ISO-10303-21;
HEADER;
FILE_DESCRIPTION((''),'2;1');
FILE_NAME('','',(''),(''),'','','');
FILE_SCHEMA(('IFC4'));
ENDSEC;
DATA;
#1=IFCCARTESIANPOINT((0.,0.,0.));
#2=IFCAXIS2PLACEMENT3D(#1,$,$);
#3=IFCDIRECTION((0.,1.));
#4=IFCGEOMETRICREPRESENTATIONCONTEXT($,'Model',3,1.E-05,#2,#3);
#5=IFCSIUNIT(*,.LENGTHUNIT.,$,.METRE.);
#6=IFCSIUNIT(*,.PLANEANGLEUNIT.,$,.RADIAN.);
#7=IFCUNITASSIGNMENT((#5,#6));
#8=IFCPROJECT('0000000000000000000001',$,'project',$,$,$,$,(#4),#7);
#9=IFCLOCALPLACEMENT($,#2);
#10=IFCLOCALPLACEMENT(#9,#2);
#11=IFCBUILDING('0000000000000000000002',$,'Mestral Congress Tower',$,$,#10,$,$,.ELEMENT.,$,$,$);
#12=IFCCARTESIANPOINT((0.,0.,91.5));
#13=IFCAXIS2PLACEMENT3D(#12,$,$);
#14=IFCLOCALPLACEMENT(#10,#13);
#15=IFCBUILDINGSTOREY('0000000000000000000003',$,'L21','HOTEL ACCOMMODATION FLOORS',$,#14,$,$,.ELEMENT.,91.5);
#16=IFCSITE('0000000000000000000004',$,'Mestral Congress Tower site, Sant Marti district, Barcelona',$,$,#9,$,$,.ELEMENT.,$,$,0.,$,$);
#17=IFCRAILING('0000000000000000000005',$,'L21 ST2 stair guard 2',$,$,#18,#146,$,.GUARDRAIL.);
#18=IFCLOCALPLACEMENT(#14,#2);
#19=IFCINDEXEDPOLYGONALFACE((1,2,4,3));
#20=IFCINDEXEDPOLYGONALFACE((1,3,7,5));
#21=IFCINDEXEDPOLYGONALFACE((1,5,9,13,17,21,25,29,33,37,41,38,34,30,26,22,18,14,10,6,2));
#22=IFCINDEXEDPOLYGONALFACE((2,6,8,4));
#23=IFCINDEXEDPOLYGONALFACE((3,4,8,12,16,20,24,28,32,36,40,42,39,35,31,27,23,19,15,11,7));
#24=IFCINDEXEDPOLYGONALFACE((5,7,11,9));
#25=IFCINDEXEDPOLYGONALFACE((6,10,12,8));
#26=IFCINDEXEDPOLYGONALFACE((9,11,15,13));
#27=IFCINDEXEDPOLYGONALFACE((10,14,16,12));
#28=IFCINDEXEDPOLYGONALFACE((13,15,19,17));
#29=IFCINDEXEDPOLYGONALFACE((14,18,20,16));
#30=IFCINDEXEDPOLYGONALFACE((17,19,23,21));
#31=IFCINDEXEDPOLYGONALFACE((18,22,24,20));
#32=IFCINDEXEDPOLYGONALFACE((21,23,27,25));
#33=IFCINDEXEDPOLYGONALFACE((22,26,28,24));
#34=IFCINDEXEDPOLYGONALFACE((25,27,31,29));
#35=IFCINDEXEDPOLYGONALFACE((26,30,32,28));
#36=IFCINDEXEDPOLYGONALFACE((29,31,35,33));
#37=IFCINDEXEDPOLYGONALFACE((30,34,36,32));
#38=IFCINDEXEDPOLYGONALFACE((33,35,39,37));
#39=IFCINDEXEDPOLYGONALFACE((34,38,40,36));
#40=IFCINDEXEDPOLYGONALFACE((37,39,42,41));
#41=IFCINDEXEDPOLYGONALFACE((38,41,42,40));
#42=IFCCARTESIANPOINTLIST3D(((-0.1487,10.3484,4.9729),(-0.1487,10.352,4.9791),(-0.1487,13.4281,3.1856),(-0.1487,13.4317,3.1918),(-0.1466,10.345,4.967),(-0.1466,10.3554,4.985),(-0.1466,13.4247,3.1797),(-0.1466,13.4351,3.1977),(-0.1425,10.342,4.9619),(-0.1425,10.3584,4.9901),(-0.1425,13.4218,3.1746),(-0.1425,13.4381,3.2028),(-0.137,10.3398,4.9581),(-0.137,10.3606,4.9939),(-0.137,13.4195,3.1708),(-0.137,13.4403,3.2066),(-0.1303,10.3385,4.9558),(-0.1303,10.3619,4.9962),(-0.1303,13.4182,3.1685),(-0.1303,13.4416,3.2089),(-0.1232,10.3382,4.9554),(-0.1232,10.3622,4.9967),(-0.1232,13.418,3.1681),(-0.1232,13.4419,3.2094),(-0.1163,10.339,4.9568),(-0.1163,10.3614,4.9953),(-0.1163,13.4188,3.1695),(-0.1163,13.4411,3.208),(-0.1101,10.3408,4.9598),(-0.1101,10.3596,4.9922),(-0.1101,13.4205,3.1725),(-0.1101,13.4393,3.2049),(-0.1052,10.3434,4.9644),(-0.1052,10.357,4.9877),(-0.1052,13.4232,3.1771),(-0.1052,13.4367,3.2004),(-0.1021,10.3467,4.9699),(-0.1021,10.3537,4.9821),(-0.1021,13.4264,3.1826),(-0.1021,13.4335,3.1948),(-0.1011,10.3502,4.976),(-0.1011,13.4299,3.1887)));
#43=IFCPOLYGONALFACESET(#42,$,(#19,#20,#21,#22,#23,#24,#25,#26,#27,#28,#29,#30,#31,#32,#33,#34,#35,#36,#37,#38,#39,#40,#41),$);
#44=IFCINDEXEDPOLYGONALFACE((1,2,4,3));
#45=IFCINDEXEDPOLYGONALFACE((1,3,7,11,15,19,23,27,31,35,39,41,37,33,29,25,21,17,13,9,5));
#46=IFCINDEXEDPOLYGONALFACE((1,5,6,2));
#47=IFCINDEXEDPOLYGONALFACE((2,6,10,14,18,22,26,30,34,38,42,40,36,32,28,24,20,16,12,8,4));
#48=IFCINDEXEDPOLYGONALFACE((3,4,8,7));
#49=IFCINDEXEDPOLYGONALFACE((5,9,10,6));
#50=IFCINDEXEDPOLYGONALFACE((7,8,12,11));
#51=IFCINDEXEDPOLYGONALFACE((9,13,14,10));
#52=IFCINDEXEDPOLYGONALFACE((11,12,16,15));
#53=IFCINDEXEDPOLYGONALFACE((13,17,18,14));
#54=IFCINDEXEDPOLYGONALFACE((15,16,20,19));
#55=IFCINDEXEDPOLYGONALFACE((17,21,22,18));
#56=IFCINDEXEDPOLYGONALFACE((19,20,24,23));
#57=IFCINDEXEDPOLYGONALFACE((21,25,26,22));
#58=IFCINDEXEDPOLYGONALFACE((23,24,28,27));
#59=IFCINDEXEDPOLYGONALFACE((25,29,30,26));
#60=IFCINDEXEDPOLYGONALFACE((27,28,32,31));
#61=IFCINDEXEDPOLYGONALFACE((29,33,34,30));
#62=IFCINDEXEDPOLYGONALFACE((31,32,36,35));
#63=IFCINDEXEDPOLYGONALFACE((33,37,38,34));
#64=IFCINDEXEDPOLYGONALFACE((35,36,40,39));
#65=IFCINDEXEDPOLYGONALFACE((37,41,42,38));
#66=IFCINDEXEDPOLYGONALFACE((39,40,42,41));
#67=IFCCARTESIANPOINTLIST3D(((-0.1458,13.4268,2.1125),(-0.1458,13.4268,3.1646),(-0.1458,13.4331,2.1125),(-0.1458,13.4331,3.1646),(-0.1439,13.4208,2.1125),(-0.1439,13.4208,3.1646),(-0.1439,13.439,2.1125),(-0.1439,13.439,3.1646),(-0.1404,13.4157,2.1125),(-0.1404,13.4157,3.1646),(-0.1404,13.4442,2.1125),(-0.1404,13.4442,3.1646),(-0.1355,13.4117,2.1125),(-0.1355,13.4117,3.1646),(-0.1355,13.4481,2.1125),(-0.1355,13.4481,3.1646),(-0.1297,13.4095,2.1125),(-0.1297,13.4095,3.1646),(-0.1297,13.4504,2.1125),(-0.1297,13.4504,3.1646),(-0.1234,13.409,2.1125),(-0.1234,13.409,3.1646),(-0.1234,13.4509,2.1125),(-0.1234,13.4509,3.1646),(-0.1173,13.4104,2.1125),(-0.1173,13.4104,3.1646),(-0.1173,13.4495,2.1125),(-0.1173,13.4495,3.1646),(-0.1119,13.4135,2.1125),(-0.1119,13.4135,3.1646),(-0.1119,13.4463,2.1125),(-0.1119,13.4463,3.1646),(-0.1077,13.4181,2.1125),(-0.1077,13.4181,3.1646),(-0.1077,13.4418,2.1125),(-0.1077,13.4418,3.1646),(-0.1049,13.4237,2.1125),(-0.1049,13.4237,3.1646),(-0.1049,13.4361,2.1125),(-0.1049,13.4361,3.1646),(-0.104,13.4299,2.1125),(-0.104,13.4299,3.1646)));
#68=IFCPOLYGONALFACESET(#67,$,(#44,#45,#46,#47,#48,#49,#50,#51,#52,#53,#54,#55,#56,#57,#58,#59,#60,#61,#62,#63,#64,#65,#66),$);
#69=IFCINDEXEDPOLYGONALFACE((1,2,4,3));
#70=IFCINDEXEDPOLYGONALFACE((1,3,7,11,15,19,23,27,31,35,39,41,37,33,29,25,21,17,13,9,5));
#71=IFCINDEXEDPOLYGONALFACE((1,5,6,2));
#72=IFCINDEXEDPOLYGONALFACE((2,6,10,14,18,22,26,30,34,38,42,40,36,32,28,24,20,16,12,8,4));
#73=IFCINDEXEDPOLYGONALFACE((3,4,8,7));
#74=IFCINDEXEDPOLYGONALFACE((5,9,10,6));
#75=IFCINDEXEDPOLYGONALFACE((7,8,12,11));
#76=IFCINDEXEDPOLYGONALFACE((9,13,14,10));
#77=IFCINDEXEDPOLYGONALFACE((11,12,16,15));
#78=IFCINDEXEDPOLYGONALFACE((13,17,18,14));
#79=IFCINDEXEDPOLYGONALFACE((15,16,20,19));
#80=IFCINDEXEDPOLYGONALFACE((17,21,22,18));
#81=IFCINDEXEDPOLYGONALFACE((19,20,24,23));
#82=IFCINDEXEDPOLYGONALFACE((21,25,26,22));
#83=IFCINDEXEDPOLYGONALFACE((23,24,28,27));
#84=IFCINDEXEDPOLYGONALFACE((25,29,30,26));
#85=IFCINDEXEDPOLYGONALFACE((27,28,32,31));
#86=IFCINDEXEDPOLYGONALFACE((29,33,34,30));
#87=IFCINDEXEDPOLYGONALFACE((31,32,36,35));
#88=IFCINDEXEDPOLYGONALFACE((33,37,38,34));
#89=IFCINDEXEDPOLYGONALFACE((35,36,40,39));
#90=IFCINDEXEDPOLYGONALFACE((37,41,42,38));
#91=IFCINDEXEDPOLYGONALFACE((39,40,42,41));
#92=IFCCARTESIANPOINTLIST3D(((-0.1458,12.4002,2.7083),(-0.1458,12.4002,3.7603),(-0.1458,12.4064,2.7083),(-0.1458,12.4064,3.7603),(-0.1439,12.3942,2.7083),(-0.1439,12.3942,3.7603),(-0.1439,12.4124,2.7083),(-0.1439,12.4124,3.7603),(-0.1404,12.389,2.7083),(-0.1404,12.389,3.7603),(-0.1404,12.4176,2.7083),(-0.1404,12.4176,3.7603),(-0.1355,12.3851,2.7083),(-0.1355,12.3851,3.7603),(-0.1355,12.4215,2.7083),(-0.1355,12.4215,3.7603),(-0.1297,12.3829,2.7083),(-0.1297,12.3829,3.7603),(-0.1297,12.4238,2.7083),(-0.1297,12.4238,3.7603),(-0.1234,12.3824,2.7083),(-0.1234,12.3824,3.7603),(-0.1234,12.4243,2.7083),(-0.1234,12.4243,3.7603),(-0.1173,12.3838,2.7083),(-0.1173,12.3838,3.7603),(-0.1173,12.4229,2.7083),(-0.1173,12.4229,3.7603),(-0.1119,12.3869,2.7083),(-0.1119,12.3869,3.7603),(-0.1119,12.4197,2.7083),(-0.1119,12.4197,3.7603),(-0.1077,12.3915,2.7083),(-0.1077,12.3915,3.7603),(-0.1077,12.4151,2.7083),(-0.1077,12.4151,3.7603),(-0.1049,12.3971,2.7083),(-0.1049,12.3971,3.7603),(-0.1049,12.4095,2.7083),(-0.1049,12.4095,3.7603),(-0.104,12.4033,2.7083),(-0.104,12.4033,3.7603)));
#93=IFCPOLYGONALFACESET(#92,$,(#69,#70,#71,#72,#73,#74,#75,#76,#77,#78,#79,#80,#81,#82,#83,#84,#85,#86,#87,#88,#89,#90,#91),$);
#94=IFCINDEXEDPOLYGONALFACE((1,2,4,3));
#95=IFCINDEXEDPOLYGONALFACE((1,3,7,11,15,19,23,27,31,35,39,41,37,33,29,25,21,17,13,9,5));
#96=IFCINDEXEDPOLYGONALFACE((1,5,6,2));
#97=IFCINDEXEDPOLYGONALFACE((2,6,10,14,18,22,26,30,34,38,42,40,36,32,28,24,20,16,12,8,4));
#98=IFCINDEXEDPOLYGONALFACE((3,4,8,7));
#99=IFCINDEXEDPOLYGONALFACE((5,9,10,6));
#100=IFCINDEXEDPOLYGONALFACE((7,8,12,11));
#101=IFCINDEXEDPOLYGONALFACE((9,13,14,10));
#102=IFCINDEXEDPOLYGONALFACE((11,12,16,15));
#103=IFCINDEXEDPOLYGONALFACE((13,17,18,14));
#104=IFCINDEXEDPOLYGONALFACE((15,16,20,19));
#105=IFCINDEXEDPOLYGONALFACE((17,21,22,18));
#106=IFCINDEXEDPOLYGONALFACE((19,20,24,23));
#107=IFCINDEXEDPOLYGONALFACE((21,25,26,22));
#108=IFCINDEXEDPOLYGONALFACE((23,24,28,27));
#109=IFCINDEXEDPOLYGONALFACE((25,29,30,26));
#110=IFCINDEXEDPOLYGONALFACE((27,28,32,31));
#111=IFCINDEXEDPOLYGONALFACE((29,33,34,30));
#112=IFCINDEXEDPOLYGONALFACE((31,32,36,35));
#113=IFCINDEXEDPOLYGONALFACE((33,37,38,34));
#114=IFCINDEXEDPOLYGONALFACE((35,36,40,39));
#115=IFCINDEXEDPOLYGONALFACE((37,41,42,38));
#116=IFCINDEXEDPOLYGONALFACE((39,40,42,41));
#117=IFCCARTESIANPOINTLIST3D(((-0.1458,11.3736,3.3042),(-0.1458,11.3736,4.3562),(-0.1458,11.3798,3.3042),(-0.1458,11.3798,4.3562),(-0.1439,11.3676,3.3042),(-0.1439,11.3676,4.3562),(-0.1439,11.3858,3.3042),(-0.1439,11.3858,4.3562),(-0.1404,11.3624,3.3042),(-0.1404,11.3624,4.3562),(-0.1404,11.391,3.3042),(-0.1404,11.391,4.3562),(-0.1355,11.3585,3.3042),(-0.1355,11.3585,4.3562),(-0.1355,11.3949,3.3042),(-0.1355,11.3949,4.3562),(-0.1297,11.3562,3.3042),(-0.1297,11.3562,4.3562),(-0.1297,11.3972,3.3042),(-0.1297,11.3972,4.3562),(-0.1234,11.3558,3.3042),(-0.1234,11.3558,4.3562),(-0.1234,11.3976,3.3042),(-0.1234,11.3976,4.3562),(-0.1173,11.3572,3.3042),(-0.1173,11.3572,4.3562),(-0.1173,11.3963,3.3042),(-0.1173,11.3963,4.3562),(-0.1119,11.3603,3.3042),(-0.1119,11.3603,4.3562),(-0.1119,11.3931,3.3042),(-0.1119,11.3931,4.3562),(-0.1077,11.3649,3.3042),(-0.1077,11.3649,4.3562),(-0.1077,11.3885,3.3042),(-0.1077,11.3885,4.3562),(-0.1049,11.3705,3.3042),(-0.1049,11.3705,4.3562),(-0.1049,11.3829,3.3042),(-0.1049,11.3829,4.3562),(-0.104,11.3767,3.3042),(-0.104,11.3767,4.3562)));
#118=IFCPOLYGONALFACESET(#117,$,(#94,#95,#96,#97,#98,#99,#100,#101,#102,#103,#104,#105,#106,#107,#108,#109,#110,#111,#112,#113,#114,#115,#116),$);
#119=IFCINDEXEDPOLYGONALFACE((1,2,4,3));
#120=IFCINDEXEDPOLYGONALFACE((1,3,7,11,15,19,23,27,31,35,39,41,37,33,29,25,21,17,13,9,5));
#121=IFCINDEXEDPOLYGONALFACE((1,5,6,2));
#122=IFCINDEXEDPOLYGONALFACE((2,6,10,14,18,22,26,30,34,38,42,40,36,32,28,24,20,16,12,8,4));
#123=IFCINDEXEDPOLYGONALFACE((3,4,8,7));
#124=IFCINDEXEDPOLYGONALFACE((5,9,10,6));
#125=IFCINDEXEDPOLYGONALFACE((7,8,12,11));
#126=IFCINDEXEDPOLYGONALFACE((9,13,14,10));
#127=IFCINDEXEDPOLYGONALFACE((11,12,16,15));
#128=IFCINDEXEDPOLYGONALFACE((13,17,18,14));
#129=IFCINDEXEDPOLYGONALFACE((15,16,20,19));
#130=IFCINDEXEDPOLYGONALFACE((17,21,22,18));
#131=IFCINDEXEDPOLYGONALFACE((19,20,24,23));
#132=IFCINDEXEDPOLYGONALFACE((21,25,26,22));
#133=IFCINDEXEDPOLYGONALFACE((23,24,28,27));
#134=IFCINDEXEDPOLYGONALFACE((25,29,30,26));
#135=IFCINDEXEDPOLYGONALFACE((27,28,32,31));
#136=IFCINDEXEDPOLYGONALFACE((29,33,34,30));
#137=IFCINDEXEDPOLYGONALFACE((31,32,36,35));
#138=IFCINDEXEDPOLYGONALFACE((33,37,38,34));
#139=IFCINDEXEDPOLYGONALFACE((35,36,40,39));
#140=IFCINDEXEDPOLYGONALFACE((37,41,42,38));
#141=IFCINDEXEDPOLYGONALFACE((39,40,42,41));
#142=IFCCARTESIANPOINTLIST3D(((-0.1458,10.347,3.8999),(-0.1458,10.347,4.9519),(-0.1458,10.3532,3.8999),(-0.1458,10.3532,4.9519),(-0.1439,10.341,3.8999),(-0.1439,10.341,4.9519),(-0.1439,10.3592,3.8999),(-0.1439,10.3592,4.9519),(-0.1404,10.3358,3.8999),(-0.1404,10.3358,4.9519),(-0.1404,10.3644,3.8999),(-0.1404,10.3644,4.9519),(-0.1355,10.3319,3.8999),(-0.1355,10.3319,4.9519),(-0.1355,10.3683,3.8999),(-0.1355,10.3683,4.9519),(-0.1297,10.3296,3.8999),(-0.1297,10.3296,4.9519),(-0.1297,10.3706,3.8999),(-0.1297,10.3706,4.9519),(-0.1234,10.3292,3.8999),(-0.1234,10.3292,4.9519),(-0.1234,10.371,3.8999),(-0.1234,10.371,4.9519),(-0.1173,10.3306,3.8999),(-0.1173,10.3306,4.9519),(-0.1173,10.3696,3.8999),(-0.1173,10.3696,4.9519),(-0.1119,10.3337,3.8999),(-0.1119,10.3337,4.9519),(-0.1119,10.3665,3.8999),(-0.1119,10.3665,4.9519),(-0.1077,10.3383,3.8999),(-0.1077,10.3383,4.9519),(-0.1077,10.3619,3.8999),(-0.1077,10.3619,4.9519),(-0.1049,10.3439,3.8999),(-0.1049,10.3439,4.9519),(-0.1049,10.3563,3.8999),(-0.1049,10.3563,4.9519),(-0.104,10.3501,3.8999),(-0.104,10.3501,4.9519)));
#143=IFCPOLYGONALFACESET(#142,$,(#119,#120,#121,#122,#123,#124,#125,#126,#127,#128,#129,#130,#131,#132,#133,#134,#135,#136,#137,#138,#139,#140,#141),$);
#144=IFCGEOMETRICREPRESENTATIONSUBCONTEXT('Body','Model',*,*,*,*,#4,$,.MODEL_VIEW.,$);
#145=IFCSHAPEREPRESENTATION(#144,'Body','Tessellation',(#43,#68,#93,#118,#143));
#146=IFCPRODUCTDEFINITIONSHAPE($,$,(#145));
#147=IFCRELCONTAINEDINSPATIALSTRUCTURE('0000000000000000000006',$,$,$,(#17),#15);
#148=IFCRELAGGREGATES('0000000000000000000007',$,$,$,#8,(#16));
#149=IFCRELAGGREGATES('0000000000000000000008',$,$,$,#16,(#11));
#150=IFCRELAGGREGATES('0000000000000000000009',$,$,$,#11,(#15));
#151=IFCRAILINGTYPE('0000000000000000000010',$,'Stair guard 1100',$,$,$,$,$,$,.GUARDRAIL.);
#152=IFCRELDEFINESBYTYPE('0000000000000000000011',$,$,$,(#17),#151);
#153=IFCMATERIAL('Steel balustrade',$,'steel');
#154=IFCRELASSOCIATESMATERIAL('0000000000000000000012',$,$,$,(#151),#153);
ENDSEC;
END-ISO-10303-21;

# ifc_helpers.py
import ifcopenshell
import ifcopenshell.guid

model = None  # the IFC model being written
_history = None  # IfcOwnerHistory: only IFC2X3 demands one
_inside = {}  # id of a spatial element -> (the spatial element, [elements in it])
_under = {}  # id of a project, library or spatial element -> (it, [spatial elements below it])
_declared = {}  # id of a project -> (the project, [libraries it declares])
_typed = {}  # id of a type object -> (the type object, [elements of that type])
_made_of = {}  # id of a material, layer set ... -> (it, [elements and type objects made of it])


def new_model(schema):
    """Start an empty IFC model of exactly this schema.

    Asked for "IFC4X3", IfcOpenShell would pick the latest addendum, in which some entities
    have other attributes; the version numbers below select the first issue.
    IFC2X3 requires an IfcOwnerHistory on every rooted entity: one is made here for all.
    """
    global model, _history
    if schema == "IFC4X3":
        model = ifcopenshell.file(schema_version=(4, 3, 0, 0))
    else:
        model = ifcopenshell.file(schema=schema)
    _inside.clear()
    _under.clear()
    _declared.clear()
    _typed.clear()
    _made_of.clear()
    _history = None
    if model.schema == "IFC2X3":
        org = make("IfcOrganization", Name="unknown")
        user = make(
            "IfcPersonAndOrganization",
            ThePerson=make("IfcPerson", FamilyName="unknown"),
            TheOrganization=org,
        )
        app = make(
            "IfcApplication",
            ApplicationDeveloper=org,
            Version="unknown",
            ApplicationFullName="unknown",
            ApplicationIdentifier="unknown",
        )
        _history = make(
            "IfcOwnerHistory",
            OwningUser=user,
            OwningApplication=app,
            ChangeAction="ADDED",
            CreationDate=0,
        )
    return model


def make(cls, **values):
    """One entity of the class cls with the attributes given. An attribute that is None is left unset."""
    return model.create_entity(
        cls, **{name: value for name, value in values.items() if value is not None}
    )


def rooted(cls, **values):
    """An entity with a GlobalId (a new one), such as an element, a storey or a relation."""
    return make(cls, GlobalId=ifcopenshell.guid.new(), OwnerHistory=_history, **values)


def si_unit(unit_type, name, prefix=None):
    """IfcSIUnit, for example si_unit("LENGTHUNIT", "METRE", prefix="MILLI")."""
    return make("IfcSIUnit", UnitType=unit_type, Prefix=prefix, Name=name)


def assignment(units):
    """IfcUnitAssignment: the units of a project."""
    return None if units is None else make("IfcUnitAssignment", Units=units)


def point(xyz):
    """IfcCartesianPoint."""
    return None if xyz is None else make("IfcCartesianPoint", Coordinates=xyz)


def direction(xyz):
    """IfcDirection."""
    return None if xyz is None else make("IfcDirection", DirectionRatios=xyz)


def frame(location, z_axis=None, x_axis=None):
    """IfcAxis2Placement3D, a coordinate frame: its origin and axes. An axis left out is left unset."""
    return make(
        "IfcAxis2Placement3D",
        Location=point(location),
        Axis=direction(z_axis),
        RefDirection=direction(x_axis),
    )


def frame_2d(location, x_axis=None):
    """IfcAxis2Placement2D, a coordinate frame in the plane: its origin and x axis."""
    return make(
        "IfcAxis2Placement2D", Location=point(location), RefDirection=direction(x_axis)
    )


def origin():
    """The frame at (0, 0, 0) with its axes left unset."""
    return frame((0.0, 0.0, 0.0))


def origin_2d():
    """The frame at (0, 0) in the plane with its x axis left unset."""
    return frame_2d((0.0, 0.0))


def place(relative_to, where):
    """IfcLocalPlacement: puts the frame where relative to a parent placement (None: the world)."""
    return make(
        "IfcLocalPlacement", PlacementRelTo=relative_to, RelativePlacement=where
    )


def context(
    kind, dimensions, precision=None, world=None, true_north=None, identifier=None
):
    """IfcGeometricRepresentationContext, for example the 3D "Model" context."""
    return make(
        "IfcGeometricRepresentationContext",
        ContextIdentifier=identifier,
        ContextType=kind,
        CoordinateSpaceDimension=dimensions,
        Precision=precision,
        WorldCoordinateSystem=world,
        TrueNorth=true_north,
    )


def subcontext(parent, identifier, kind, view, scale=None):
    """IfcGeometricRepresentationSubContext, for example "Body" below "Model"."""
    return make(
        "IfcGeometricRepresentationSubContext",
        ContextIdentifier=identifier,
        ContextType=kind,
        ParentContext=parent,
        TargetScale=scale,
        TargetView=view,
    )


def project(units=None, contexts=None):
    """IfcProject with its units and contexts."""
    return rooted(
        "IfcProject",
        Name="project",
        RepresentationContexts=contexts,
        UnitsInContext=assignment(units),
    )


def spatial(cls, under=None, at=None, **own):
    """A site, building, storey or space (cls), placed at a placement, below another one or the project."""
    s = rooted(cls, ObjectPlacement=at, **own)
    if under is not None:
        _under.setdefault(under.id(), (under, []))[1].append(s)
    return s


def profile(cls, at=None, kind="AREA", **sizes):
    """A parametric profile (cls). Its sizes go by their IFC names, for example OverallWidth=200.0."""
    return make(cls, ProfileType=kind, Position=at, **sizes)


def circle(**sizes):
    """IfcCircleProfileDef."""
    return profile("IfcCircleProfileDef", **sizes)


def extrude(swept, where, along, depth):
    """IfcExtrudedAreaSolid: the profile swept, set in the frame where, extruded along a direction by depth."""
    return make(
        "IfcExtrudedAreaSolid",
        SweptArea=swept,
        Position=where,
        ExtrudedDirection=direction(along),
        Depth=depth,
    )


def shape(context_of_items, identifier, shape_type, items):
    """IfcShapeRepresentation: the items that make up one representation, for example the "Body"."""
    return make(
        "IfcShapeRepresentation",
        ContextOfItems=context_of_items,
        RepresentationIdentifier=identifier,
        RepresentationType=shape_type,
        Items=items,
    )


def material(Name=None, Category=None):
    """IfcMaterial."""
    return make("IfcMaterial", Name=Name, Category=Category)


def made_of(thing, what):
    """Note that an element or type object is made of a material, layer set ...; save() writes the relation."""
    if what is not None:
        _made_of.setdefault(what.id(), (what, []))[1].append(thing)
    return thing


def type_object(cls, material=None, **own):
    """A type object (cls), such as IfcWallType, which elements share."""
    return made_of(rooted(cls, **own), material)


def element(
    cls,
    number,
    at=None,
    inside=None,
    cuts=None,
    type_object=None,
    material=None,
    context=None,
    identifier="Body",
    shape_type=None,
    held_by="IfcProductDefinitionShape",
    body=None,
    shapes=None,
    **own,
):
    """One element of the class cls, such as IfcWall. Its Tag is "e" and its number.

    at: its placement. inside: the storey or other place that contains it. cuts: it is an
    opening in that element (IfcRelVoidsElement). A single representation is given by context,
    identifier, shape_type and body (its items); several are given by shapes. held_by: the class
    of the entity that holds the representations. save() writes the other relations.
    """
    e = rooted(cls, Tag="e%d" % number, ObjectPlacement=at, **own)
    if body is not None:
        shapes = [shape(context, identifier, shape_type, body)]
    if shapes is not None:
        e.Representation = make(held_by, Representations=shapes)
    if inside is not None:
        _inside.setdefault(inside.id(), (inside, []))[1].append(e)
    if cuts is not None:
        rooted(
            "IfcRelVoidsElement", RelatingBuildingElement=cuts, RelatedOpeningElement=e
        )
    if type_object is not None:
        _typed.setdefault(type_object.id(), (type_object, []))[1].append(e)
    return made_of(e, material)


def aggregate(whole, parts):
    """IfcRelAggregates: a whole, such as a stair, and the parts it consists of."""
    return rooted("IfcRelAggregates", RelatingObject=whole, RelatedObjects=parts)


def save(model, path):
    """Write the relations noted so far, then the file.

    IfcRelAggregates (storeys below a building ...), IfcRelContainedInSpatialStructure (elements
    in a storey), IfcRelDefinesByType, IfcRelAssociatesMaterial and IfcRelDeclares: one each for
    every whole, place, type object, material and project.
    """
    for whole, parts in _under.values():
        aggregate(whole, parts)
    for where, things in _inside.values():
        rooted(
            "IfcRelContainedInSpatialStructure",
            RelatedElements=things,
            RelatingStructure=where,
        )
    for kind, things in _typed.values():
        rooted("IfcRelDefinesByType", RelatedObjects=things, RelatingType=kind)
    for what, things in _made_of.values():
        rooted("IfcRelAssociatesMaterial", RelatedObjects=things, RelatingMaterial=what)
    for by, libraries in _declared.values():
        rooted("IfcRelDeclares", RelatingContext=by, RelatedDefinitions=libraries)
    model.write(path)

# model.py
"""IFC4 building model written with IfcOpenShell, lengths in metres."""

from ifc_helpers import new_model, si_unit, direction, frame, origin, origin_2d, place, context, subcontext, project, spatial, circle, extrude, material, type_object, element, save


model = new_model("IFC4")

# Units and contexts
model_context = context("Model", 3, precision=1e-05, world=origin(), true_north=direction((0.0, 1.0)))
body_context = subcontext(model_context, "Body", "Model", "MODEL_VIEW")
ifc_project = project(units=[si_unit("LENGTHUNIT", "METRE"), si_unit("PLANEANGLEUNIT", "RADIAN")], contexts=[model_context])

# Site, building, storey
site_placement = place(None, origin())
site = spatial("IfcSite", under=ifc_project, at=site_placement, Name="Mestral Congress Tower site, Sant Marti district, Barcelona", CompositionType="ELEMENT", RefElevation=0.0)
building_placement = place(site_placement, origin())
building = spatial("IfcBuilding", under=site, at=building_placement, Name="Mestral Congress Tower", CompositionType="ELEMENT")
storey_placement = place(building_placement, frame((0.0, 0.0, 91.5)))
storey = spatial("IfcBuildingStorey", under=building, at=storey_placement, Name="L21", Description="HOTEL ACCOMMODATION FLOORS", CompositionType="ELEMENT", Elevation=91.5)

# Railing
ifc_material_1 = material(Name="Steel balustrade", Category="steel")
railing_type = type_object("IfcRailingType", Name="Stair guard 1100", PredefinedType="GUARDRAIL", material=ifc_material_1)
railing_placement = place(storey_placement, frame((-0.125, 13.4299, 2.1125)))
element("IfcRailing", 1, at=railing_placement, inside=storey, type_object=railing_type, Name="L21 ST2 stair guard 2", PredefinedType="GUARDRAIL", context=body_context, shape_type="SweptSolid", body=[
    extrude(circle(Radius=0.0239, at=origin_2d()), frame((0.0, 0.0, 1.0762), z_axis=(0.0, -0.864903, 0.501939), x_axis=(1.0, 0.0, 0.0)), (0.0, 0.0, 1.0), 3.5608),
    extrude(circle(Radius=0.021, at=origin_2d()), origin(), (0.0, 0.0, 1.0), 1.052),
    extrude(circle(Radius=0.021, at=origin_2d()), frame((0.0, -1.0266, 0.5957)), (0.0, 0.0, 1.0), 1.052),
    extrude(circle(Radius=0.021, at=origin_2d()), frame((0.0, -2.0532, 1.1917)), (0.0, 0.0, 1.0), 1.052),
    extrude(circle(Radius=0.021, at=origin_2d()), frame((0.0, -3.0798, 1.7874)), (0.0, 0.0, 1.0), 1.052),
])

save(model, "model.ifc")
